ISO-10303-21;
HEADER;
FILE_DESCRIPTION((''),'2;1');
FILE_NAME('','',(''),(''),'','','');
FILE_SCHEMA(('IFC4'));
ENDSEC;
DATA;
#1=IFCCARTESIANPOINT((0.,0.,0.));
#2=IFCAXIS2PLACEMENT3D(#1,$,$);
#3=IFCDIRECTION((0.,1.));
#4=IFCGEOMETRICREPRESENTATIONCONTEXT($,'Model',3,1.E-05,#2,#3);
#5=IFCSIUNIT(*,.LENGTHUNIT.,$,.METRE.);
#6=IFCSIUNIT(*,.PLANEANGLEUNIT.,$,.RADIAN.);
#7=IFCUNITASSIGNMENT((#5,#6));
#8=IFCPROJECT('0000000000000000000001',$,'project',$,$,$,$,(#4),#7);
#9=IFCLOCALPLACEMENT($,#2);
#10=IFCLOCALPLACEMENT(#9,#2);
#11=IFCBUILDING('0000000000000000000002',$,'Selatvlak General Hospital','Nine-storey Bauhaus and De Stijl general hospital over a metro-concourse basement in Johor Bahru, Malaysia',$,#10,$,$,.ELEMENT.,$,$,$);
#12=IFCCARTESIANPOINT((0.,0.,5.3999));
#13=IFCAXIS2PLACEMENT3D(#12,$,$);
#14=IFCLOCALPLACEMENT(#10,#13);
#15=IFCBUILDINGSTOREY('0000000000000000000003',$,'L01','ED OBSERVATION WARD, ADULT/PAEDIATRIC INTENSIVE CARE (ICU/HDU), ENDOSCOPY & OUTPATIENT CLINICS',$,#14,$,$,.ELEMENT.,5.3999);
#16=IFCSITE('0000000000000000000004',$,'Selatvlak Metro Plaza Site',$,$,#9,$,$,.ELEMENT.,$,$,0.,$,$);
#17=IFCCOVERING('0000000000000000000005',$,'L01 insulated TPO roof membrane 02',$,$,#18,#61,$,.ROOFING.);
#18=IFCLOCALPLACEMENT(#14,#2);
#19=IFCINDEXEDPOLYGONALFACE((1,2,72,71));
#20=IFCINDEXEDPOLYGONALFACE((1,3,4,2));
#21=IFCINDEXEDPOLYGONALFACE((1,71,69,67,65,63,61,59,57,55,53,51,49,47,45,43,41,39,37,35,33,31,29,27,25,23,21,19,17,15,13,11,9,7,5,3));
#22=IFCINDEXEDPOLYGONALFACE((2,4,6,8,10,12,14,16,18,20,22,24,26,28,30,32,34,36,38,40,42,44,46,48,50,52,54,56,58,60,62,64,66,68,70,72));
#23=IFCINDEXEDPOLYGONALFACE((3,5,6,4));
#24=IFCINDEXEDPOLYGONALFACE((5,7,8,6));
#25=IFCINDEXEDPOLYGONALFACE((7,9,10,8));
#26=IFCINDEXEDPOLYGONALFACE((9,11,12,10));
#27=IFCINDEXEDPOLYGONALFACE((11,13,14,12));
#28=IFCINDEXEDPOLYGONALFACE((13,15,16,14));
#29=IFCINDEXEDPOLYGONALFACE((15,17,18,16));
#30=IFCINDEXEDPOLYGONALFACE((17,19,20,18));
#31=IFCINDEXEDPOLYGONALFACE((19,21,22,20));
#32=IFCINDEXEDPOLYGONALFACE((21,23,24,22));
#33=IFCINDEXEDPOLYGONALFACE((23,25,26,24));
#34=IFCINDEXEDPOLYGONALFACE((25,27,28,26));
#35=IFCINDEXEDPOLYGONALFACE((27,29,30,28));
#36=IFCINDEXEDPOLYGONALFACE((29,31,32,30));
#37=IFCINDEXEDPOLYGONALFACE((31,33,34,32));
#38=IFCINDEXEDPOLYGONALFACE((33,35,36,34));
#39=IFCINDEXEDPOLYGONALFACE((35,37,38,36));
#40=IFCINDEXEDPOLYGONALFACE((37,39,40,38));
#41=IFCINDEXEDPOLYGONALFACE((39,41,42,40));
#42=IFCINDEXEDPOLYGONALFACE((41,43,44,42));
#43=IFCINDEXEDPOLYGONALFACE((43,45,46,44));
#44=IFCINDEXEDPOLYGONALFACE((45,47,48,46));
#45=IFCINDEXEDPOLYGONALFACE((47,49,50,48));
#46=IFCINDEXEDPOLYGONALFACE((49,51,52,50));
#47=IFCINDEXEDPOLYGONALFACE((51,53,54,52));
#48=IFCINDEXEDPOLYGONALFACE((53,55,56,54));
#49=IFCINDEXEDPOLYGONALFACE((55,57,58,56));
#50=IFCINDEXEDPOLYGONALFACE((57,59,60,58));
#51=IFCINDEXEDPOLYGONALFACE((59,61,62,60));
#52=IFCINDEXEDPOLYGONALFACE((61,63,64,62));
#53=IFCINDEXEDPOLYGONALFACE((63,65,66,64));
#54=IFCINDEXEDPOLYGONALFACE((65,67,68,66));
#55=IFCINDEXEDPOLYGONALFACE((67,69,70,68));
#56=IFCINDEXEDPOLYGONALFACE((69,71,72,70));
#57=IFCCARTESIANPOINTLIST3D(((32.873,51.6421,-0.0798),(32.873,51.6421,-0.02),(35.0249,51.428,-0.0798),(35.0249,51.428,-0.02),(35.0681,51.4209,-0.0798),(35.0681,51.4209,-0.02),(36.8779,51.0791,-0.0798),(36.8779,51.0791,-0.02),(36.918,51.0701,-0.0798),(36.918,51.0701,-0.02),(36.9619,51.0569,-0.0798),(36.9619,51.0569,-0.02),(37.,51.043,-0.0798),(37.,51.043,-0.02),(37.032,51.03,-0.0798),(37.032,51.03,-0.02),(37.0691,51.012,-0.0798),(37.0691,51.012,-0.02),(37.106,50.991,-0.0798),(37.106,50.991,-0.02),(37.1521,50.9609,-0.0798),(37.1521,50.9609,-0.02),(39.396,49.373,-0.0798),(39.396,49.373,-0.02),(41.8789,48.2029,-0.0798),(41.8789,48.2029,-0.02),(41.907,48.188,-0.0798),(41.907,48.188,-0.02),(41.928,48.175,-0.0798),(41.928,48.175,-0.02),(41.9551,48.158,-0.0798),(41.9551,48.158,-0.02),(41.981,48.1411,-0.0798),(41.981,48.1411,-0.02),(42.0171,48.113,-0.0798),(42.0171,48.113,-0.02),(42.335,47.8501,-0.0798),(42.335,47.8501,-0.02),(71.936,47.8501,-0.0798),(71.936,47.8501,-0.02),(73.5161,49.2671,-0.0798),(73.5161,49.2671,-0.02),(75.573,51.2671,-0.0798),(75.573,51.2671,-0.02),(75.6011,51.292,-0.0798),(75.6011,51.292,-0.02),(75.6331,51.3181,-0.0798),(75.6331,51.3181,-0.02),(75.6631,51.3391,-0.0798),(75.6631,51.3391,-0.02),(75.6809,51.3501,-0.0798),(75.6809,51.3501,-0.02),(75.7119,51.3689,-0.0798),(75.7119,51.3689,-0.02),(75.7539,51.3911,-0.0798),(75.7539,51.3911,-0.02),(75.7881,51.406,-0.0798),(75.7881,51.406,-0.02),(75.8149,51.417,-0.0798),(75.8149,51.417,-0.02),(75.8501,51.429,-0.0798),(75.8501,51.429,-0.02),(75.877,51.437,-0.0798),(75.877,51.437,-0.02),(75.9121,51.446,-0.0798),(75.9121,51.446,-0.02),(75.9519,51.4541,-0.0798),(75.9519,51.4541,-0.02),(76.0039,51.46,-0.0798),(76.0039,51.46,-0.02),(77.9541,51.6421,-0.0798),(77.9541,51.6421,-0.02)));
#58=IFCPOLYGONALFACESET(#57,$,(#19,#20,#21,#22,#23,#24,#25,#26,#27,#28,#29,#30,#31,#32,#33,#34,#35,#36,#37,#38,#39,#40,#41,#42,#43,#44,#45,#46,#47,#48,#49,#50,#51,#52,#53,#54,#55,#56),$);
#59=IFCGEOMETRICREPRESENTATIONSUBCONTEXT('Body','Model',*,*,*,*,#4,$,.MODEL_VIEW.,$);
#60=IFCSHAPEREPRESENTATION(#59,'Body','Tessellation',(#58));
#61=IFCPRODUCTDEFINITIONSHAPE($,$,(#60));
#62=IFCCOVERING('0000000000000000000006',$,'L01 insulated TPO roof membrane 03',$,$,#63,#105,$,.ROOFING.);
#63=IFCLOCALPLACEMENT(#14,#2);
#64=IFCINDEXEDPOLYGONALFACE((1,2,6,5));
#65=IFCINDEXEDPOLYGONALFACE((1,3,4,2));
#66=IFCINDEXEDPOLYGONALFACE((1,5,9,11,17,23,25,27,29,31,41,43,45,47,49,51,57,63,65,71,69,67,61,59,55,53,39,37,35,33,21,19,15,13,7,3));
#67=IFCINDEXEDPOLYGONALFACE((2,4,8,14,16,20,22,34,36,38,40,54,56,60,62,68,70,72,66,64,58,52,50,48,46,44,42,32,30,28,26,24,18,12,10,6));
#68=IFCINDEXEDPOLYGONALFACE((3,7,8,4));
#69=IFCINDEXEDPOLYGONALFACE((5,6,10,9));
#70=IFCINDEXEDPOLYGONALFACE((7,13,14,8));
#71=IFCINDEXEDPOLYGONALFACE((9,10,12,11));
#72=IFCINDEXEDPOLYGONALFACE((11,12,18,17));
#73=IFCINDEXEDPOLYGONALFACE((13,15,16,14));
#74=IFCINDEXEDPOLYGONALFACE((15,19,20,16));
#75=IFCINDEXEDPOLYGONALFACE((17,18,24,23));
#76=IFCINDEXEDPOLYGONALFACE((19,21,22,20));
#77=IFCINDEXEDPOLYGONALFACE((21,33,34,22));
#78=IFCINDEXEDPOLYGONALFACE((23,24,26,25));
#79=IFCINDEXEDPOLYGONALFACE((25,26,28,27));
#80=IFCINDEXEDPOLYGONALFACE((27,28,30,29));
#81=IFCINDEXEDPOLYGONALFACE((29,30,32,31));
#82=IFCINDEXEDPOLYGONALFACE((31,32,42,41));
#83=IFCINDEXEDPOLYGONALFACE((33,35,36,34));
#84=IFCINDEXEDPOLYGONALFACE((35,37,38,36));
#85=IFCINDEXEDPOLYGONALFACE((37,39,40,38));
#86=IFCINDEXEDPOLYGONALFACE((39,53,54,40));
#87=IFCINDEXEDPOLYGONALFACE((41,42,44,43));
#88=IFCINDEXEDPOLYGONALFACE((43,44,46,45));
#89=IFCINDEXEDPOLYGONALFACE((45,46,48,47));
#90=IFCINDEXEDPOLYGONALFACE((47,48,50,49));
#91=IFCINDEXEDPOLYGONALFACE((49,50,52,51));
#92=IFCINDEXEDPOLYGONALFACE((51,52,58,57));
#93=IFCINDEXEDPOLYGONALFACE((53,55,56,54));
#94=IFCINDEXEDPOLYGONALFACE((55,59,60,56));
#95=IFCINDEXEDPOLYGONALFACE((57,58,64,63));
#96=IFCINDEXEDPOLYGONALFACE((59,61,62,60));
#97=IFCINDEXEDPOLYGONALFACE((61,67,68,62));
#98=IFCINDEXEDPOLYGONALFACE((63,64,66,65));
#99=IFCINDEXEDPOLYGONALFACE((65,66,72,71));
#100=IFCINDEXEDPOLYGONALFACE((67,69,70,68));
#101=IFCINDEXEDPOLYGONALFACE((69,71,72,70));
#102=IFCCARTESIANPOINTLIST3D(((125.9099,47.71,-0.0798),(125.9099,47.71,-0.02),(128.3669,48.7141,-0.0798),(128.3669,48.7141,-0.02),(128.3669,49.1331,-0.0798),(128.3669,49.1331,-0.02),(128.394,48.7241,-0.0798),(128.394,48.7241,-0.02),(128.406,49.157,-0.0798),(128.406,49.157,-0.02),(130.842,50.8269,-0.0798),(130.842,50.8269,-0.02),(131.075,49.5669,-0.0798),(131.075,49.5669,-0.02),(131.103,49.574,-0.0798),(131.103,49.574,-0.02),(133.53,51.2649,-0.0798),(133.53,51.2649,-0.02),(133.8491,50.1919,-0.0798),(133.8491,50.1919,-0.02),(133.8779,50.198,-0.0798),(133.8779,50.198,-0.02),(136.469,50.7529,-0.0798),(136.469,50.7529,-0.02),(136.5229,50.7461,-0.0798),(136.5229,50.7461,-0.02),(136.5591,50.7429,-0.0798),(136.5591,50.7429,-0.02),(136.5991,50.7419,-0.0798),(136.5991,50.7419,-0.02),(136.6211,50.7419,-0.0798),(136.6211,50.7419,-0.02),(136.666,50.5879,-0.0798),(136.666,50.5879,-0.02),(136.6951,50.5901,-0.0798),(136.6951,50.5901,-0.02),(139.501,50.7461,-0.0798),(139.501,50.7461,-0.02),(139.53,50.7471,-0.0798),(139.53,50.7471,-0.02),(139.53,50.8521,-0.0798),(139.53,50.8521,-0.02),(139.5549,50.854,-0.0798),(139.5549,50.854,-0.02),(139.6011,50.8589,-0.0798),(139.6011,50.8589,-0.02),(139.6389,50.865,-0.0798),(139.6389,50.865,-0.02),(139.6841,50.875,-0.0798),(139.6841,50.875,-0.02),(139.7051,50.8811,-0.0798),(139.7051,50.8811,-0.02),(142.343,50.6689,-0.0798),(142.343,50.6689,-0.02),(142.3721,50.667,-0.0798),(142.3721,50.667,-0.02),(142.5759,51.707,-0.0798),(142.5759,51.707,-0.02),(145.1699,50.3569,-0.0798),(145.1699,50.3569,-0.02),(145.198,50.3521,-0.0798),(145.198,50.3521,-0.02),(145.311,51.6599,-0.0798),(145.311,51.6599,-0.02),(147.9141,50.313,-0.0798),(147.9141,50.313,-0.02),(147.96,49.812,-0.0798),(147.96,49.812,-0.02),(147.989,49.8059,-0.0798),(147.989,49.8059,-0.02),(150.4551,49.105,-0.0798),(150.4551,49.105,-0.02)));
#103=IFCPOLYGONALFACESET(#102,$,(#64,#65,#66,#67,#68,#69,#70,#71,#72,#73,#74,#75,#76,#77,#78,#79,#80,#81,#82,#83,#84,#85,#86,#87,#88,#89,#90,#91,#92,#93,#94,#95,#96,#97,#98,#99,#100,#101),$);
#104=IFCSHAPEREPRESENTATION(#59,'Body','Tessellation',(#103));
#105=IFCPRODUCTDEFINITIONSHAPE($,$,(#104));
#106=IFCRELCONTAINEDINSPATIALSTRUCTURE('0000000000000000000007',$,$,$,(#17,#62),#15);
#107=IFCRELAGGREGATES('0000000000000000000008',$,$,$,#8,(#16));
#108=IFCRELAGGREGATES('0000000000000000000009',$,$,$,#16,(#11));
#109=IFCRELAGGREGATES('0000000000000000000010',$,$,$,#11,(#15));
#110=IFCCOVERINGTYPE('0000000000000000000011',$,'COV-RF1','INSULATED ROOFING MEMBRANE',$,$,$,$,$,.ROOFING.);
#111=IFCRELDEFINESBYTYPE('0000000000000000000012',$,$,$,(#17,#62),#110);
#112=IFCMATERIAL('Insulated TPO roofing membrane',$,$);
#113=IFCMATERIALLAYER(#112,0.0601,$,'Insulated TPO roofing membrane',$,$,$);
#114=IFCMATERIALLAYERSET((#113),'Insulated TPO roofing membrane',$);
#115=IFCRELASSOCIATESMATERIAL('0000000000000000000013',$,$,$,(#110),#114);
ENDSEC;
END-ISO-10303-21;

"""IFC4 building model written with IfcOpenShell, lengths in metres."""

from ifc_helpers import new_model, si_unit, direction, frame, origin, place, context, subcontext, project, spatial, polyline, outline, extrude, material, layer, layer_set, type_object, element, save


model = new_model("IFC4")

# Units and contexts
model_context = context("Model", 3, precision=1e-05, world=origin(), true_north=direction((0.0, 1.0)))
body_context = subcontext(model_context, "Body", "Model", "MODEL_VIEW")
ifc_project = project(units=[si_unit("LENGTHUNIT", "METRE"), si_unit("PLANEANGLEUNIT", "RADIAN")], contexts=[model_context])

# Site, building, storey
site_placement = place(None, origin())
site = spatial("IfcSite", under=ifc_project, at=site_placement, Name="Selatvlak Metro Plaza Site", CompositionType="ELEMENT", RefElevation=0.0)
building_placement = place(site_placement, origin())
building = spatial("IfcBuilding", under=site, at=building_placement, Name="Selatvlak General Hospital", Description="Nine-storey Bauhaus and De Stijl general hospital over a metro-concourse basement in Johor Bahru, Malaysia", CompositionType="ELEMENT")
storey_placement = place(building_placement, frame((0.0, 0.0, 5.3999)))
storey = spatial("IfcBuildingStorey", under=building, at=storey_placement, Name="L01", Description="ED OBSERVATION WARD, ADULT/PAEDIATRIC INTENSIVE CARE (ICU/HDU), ENDOSCOPY & OUTPATIENT CLINICS", CompositionType="ELEMENT", Elevation=5.3999)

# Coverings
ifc_material_1 = material(Name="Insulated TPO roofing membrane")
ifc_layer_1 = layer(ifc_material_1, 0.0601, Name="Insulated TPO roofing membrane")
ifc_layer_set_1 = layer_set([ifc_layer_1], Name="Insulated TPO roofing membrane")
covering_type_1 = type_object("IfcCoveringType", Name="COV-RF1", Description="INSULATED ROOFING MEMBRANE", PredefinedType="ROOFING", material=ifc_layer_set_1)
covering_1_placement = place(storey_placement, frame((0.0, 0.0, -0.0798)))
element("IfcCovering", 1, at=covering_1_placement, inside=storey, type_object=covering_type_1, Name="L01 insulated TPO roof membrane 02", PredefinedType="ROOFING", context=body_context, shape_type="SweptSolid", body=[
    extrude(outline(polyline([(32.873, 51.6421), (77.9541, 51.6421), (76.0039, 51.46), (75.9519, 51.4541), (75.9121, 51.446), (75.877, 51.437), (75.8501, 51.429), (75.8149, 51.417), (75.7881, 51.406), (75.7539, 51.3911), (75.7119, 51.3689), (75.6809, 51.3501), (75.6631, 51.3391), (75.6331, 51.3181), (75.6011, 51.292), (75.573, 51.2671), (73.5161, 49.2671), (71.936, 47.8501), (42.335, 47.8501), (42.0171, 48.113), (41.981, 48.1411), (41.9551, 48.158), (41.928, 48.175), (41.907, 48.188), (41.8789, 48.2029), (39.396, 49.373), (37.1521, 50.9609), (37.106, 50.991), (37.0691, 51.012), (37.032, 51.03), (37.0, 51.043), (36.9619, 51.0569), (36.918, 51.0701), (36.8779, 51.0791), (35.0681, 51.4209), (35.0249, 51.428), (32.873, 51.6421)])), origin(), (0.0, 0.0, 1.0), 0.0598),
])
covering_2_placement = place(storey_placement, frame((0.0, 0.0, -0.0798)))
element("IfcCovering", 2, at=covering_2_placement, inside=storey, type_object=covering_type_1, Name="L01 insulated TPO roof membrane 03", PredefinedType="ROOFING", context=body_context, shape_type="SweptSolid", body=[
    extrude(outline(polyline([(125.9099, 47.71), (128.3669, 49.1331), (128.406, 49.157), (130.842, 50.8269), (133.53, 51.2649), (136.469, 50.7529), (136.5229, 50.7461), (136.5591, 50.7429), (136.5991, 50.7419), (136.6211, 50.7419), (139.53, 50.8521), (139.5549, 50.854), (139.6011, 50.8589), (139.6389, 50.865), (139.6841, 50.875), (139.7051, 50.8811), (142.5759, 51.707), (145.311, 51.6599), (147.9141, 50.313), (150.4551, 49.105), (147.989, 49.8059), (147.96, 49.812), (145.198, 50.3521), (145.1699, 50.3569), (142.3721, 50.667), (142.343, 50.6689), (139.53, 50.7471), (139.501, 50.7461), (136.6951, 50.5901), (136.666, 50.5879), (133.8779, 50.198), (133.8491, 50.1919), (131.103, 49.574), (131.075, 49.5669), (128.394, 48.7241), (128.3669, 48.7141), (125.9099, 47.71)])), origin(), (0.0, 0.0, 1.0), 0.0598),
])

save(model, "model.ifc")
